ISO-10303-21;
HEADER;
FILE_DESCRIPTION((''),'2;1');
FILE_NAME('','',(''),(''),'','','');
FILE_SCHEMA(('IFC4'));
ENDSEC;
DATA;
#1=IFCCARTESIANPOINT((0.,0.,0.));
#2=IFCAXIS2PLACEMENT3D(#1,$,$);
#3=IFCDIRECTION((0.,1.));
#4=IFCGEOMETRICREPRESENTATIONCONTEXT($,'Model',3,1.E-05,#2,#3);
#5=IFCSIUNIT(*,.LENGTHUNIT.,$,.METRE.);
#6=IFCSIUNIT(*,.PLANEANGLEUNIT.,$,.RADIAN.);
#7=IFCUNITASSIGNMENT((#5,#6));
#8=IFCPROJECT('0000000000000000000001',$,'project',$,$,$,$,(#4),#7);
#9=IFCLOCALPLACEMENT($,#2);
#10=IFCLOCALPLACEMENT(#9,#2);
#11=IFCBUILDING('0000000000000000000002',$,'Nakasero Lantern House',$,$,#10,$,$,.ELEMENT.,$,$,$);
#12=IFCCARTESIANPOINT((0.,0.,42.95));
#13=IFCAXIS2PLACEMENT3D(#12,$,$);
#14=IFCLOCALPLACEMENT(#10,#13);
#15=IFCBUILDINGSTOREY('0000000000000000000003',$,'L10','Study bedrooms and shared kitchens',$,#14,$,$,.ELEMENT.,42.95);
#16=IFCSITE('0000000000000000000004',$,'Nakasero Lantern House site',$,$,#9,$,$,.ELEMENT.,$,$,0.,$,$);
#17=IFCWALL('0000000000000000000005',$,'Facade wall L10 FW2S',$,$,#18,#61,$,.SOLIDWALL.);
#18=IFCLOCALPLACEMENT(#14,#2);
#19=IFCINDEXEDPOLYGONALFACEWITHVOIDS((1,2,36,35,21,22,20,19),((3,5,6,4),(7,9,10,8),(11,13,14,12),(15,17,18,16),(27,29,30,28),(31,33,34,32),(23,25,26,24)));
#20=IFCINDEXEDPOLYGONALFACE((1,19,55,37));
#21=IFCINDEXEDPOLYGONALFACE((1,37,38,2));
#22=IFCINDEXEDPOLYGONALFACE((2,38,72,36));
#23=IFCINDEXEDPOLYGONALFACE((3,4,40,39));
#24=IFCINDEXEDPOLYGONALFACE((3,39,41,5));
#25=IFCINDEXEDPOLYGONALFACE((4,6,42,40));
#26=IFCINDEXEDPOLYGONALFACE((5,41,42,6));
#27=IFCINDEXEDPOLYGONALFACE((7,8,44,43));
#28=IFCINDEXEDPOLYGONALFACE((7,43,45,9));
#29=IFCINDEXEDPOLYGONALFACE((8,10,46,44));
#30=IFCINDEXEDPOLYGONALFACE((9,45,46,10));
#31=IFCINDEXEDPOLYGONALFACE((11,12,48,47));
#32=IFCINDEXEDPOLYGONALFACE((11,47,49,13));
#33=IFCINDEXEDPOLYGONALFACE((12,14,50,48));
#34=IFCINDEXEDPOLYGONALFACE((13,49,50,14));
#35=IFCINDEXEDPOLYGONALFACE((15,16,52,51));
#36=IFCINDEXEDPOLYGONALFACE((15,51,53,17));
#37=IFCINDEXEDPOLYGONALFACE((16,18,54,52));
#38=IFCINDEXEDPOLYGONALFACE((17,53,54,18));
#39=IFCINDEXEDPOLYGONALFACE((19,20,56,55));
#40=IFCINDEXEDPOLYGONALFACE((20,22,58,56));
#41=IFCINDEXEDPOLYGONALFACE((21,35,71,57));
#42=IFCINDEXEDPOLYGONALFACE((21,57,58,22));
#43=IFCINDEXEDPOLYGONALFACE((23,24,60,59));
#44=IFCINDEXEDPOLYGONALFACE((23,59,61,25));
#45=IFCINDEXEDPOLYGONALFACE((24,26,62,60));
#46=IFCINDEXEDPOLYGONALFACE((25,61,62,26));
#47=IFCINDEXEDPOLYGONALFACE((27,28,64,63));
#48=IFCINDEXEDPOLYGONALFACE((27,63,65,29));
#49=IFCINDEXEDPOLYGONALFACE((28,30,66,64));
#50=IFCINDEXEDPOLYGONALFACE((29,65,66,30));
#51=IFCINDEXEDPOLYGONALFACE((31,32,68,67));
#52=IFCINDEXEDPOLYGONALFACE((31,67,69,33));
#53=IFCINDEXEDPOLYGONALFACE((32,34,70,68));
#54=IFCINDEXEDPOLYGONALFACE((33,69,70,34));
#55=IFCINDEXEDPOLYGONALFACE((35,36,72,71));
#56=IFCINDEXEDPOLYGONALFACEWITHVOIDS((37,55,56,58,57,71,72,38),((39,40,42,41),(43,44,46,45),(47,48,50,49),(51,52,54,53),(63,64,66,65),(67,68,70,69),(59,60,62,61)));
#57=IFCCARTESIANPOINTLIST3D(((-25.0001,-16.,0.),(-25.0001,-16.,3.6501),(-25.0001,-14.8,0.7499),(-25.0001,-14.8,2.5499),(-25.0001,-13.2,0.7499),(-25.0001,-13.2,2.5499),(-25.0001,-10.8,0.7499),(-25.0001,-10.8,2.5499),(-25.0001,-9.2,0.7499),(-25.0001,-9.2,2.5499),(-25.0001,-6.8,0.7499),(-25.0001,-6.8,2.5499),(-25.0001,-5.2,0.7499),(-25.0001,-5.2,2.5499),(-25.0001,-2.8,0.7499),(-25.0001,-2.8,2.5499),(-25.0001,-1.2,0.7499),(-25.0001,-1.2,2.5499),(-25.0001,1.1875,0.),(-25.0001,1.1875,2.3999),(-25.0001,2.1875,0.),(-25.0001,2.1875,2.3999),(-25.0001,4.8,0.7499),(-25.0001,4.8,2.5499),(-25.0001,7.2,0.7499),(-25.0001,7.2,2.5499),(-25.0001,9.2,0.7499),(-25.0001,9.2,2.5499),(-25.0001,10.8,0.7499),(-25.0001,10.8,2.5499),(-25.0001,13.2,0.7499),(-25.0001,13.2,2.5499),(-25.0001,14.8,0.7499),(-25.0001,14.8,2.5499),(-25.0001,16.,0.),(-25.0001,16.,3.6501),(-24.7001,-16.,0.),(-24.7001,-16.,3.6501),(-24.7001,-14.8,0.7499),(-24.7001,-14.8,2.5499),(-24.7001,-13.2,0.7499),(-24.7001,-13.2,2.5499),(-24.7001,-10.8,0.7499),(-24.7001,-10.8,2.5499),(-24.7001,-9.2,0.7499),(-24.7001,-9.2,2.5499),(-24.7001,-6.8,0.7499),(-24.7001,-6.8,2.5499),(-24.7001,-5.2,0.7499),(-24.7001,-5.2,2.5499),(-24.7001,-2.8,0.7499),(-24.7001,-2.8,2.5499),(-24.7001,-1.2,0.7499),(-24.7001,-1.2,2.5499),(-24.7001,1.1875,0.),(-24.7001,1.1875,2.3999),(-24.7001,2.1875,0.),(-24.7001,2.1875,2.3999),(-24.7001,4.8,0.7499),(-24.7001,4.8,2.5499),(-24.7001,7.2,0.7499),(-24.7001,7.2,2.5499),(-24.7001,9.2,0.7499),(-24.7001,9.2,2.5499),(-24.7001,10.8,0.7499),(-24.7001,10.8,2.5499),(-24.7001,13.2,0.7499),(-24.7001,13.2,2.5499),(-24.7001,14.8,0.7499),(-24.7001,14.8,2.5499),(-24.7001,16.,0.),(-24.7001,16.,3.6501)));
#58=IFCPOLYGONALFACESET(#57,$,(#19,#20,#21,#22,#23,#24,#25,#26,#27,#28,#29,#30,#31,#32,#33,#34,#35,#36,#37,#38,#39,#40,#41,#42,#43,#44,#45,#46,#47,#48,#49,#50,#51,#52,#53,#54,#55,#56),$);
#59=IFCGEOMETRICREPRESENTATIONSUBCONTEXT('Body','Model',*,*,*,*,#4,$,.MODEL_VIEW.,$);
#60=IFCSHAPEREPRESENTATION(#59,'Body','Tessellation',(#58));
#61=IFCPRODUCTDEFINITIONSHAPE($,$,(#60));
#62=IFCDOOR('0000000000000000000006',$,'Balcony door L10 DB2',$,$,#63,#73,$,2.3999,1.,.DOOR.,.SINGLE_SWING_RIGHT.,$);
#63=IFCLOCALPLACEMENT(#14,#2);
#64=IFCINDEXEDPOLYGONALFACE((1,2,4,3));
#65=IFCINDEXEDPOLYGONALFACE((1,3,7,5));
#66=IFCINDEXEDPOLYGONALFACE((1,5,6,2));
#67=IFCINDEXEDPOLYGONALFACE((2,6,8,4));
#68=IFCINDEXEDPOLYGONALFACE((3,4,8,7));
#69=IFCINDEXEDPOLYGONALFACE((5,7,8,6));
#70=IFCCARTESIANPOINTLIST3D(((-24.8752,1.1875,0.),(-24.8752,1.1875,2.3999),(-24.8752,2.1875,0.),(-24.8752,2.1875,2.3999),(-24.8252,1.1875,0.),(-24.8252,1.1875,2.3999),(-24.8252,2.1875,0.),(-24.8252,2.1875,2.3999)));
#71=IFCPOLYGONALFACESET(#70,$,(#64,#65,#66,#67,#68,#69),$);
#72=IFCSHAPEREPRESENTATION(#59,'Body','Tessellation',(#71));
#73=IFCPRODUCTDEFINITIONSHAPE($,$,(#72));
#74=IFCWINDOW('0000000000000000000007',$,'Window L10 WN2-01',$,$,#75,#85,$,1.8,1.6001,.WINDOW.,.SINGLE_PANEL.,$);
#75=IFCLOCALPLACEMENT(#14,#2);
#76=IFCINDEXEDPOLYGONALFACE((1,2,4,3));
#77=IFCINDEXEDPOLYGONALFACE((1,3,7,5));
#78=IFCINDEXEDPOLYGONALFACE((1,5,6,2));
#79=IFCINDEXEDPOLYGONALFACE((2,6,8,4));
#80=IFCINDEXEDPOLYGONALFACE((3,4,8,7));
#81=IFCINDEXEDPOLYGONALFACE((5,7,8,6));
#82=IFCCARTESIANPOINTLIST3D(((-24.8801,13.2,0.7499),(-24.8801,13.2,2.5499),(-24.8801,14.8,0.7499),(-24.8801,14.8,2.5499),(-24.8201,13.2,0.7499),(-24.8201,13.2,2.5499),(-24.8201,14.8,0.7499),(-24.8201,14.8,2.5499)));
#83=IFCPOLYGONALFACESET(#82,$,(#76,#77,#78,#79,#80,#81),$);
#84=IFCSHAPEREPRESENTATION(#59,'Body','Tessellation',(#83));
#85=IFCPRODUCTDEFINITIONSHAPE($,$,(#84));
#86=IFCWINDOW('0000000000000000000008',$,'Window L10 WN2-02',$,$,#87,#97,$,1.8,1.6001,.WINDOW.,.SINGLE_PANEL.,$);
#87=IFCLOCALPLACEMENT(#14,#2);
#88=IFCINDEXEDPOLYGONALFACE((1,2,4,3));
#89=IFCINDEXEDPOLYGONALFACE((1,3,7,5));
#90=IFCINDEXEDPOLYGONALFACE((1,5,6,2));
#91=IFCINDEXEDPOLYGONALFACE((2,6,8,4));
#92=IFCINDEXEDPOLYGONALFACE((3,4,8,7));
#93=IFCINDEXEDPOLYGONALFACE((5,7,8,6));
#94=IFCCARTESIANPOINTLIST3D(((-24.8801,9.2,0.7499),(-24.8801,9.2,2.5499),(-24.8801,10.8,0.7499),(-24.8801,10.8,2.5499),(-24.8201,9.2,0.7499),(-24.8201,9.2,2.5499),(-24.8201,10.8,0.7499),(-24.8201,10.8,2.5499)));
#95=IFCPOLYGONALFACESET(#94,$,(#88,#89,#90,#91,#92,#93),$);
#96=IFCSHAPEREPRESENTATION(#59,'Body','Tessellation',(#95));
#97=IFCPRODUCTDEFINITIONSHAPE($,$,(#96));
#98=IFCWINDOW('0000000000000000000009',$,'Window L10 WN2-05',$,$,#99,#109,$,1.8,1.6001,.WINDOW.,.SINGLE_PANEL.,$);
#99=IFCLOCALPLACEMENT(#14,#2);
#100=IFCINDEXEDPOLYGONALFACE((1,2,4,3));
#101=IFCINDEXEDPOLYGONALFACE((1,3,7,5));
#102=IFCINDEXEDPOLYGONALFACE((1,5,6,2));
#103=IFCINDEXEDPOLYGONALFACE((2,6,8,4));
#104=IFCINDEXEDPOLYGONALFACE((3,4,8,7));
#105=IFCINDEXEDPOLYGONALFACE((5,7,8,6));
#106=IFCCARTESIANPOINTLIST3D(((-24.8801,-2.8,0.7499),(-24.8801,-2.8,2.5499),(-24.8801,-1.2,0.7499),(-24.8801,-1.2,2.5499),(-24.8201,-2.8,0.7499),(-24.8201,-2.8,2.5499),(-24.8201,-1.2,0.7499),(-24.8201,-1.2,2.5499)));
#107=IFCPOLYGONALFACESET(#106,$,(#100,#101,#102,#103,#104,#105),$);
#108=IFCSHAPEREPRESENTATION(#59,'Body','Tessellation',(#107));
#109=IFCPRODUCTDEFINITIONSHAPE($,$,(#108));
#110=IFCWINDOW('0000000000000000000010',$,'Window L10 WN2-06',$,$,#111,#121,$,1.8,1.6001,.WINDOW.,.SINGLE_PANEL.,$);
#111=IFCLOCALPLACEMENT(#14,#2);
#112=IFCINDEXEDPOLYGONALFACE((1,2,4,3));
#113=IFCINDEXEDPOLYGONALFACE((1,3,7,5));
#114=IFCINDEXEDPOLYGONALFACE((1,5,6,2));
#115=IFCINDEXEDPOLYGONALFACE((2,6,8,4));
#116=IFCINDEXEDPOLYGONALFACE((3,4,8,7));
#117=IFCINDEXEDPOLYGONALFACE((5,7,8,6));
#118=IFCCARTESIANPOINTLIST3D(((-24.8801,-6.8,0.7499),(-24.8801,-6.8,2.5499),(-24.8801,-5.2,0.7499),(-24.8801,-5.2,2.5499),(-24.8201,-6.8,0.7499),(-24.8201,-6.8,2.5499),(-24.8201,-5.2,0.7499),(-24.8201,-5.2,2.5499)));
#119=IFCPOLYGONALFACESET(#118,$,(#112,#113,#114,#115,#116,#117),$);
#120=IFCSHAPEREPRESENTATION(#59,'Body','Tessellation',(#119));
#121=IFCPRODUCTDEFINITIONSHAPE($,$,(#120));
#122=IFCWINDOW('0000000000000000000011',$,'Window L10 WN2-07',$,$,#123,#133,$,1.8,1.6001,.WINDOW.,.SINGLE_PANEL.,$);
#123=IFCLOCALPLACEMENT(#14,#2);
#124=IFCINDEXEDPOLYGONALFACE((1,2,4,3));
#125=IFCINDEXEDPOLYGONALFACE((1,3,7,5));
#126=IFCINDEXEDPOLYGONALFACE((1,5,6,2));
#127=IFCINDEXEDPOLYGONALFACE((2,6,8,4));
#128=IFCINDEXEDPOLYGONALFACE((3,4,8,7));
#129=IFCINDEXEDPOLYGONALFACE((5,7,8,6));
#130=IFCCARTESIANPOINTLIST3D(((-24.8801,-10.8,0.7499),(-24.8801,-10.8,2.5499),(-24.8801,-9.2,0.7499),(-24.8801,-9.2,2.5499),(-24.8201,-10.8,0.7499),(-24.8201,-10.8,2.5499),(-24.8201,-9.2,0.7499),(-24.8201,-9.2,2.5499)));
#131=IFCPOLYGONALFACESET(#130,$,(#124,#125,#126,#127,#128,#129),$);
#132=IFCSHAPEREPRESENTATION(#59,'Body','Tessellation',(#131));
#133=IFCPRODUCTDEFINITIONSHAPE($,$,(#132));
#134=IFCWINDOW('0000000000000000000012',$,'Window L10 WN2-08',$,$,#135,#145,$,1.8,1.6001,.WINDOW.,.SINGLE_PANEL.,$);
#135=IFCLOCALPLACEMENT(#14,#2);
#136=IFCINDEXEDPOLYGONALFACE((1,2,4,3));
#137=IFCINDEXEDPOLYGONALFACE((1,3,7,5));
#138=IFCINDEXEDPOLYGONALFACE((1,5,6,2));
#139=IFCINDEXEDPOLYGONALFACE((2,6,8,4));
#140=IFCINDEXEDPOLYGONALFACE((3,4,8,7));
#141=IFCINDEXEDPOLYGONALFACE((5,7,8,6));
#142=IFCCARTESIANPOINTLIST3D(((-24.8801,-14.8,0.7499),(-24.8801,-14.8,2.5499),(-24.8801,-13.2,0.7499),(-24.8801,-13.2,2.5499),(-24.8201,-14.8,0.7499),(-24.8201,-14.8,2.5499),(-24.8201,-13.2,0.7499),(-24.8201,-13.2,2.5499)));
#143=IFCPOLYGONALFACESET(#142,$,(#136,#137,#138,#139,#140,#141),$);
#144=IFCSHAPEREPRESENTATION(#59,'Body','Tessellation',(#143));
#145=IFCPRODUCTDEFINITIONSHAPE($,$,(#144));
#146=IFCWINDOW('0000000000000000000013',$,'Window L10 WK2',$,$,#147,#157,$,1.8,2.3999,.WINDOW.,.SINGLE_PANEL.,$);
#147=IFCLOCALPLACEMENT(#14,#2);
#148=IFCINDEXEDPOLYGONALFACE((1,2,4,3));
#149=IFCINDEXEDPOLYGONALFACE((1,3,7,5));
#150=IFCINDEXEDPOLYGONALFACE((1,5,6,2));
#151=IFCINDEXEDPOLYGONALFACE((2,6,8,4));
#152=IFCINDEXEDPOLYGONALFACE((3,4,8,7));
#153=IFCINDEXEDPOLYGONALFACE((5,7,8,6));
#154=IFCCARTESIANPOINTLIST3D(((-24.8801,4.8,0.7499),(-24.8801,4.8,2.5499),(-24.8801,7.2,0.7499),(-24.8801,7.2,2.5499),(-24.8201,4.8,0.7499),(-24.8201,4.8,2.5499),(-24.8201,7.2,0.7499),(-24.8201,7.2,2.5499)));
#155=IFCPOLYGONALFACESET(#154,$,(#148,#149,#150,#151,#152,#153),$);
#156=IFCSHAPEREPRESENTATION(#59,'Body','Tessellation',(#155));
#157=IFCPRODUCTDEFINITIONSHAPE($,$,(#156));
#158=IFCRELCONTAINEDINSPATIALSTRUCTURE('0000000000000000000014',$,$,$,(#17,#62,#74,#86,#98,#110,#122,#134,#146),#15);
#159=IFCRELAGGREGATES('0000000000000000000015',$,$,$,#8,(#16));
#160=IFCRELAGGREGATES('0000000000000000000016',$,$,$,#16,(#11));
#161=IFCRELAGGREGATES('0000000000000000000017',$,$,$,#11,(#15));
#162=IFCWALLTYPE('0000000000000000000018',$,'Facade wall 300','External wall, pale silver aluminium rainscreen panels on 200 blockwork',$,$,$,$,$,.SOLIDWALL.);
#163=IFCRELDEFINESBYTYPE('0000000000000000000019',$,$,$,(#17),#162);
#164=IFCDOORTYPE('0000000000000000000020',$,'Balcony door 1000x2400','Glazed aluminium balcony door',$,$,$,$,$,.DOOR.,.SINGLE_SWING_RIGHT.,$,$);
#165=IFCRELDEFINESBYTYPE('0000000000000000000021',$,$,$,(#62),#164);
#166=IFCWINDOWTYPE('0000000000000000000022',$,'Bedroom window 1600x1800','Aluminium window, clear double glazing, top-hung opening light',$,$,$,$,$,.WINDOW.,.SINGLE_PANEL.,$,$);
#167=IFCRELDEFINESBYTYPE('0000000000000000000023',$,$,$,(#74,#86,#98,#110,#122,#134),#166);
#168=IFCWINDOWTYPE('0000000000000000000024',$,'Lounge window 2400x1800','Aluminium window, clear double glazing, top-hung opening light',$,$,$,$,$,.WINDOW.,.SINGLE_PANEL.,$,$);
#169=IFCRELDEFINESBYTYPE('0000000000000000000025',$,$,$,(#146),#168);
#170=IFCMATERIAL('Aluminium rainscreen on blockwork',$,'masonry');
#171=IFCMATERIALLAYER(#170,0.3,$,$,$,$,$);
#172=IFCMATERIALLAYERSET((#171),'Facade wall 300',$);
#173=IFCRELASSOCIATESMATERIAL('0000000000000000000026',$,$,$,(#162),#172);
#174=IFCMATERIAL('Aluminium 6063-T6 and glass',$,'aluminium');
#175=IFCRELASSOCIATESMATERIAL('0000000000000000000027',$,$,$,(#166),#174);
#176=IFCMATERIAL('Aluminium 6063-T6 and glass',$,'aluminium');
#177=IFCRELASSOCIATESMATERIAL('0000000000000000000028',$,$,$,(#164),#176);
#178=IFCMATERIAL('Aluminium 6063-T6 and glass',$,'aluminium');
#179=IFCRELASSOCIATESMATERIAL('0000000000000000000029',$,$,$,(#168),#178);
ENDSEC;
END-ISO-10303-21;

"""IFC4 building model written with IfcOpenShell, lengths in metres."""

from ifc_helpers import new_model, si_unit, direction, frame, frame_2d, origin, place, context, subcontext, project, spatial, rectangle, extrude, material, layer, layer_set, type_object, element, fill, save


model = new_model("IFC4")

# Units and contexts
model_context = context("Model", 3, precision=1e-05, world=origin(), true_north=direction((0.0, 1.0)))
body_context = subcontext(model_context, "Body", "Model", "MODEL_VIEW")
ifc_project = project(units=[si_unit("LENGTHUNIT", "METRE"), si_unit("PLANEANGLEUNIT", "RADIAN")], contexts=[model_context])

# Site, building, storey
site_placement = place(None, origin())
site = spatial("IfcSite", under=ifc_project, at=site_placement, Name="Nakasero Lantern House site", CompositionType="ELEMENT", RefElevation=0.0)
building_placement = place(site_placement, origin())
building = spatial("IfcBuilding", under=site, at=building_placement, Name="Nakasero Lantern House", CompositionType="ELEMENT")
storey_placement = place(building_placement, frame((0.0, 0.0, 42.95)))
storey = spatial("IfcBuildingStorey", under=building, at=storey_placement, Name="L10", Description="Study bedrooms and shared kitchens", CompositionType="ELEMENT", Elevation=42.95)

# Shared definitions
ifc_material_1 = material(Name="Aluminium rainscreen on blockwork", Category="masonry")
ifc_layer_1 = layer(ifc_material_1, 0.3)
ifc_layer_set_1 = layer_set([ifc_layer_1], Name="Facade wall 300")
wall_type_1 = type_object("IfcWallType", Name="Facade wall 300", Description="External wall, pale silver aluminium rainscreen panels on 200 blockwork", PredefinedType="SOLIDWALL", material=ifc_layer_set_1)
ifc_material_2 = material(Name="Aluminium 6063-T6 and glass", Category="aluminium")
window_type_1 = type_object("IfcWindowType", Name="Bedroom window 1600x1800", Description="Aluminium window, clear double glazing, top-hung opening light", PartitioningType="SINGLE_PANEL", PredefinedType="WINDOW", material=ifc_material_2)

# Wall, openings, door, windows
wall_1_placement = place(storey_placement, frame((-24.8501, 16.0, 0.0), z_axis=(0.0, 0.0, 1.0), x_axis=(0.0, -1.0, 0.0)))
wall_1 = element("IfcWall", 1, at=wall_1_placement, inside=storey, type_object=wall_type_1, Name="Facade wall L10 FW2S", PredefinedType="SOLIDWALL", context=body_context, shape_type="SweptSolid", body=[
    extrude(rectangle(XDim=32.0, YDim=0.3, at=frame_2d((16.0, 0.0))), origin(), (0.0, 0.0, 1.0), 3.6501),
])
opening_1_placement = place(wall_1_placement, frame((1.2, 0.0, 0.75)))
opening_1 = element("IfcOpeningElement", 2, at=opening_1_placement, cuts=wall_1, PredefinedType="OPENING", context=body_context, shape_type="SweptSolid", body=[
    extrude(rectangle(XDim=1.6001, YDim=1.8, at=frame_2d((0.8, 0.8999))), frame((0.0, 0.1699, 0.0), z_axis=(0.0, -1.0, 0.0), x_axis=(1.0, 0.0, 0.0)), (0.0, 0.0, 1.0), 0.3401),
])
opening_2_placement = place(wall_1_placement, frame((5.2, 0.0, 0.75)))
opening_2 = element("IfcOpeningElement", 3, at=opening_2_placement, cuts=wall_1, PredefinedType="OPENING", context=body_context, shape_type="SweptSolid", body=[
    extrude(rectangle(XDim=1.6001, YDim=1.8, at=frame_2d((0.8, 0.8999))), frame((0.0, 0.1699, 0.0), z_axis=(0.0, -1.0, 0.0), x_axis=(1.0, 0.0, 0.0)), (0.0, 0.0, 1.0), 0.3401),
])
opening_3_placement = place(wall_1_placement, frame((17.2, 0.0, 0.75)))
opening_3 = element("IfcOpeningElement", 4, at=opening_3_placement, cuts=wall_1, PredefinedType="OPENING", context=body_context, shape_type="SweptSolid", body=[
    extrude(rectangle(XDim=1.6001, YDim=1.8, at=frame_2d((0.8, 0.8999))), frame((0.0, 0.1699, 0.0), z_axis=(0.0, -1.0, 0.0), x_axis=(1.0, 0.0, 0.0)), (0.0, 0.0, 1.0), 0.3401),
])
opening_4_placement = place(wall_1_placement, frame((21.2, 0.0, 0.75)))
opening_4 = element("IfcOpeningElement", 5, at=opening_4_placement, cuts=wall_1, PredefinedType="OPENING", context=body_context, shape_type="SweptSolid", body=[
    extrude(rectangle(XDim=1.6001, YDim=1.8, at=frame_2d((0.8, 0.8999))), frame((0.0, 0.1699, 0.0), z_axis=(0.0, -1.0, 0.0), x_axis=(1.0, 0.0, 0.0)), (0.0, 0.0, 1.0), 0.3401),
])
opening_5_placement = place(wall_1_placement, frame((25.2, 0.0, 0.75)))
opening_5 = element("IfcOpeningElement", 6, at=opening_5_placement, cuts=wall_1, PredefinedType="OPENING", context=body_context, shape_type="SweptSolid", body=[
    extrude(rectangle(XDim=1.6001, YDim=1.8, at=frame_2d((0.8, 0.8999))), frame((0.0, 0.1699, 0.0), z_axis=(0.0, -1.0, 0.0), x_axis=(1.0, 0.0, 0.0)), (0.0, 0.0, 1.0), 0.3401),
])
opening_6_placement = place(wall_1_placement, frame((29.2, 0.0, 0.75)))
opening_6 = element("IfcOpeningElement", 7, at=opening_6_placement, cuts=wall_1, PredefinedType="OPENING", context=body_context, shape_type="SweptSolid", body=[
    extrude(rectangle(XDim=1.6001, YDim=1.8, at=frame_2d((0.8, 0.8999))), frame((0.0, 0.1699, 0.0), z_axis=(0.0, -1.0, 0.0), x_axis=(1.0, 0.0, 0.0)), (0.0, 0.0, 1.0), 0.3401),
])
opening_7_placement = place(wall_1_placement, frame((8.8, 0.0, 0.75)))
opening_7 = element("IfcOpeningElement", 8, at=opening_7_placement, cuts=wall_1, PredefinedType="OPENING", context=body_context, shape_type="SweptSolid", body=[
    extrude(rectangle(XDim=2.3999, YDim=1.8, at=frame_2d((1.2, 0.8999))), frame((0.0, 0.1699, 0.0), z_axis=(0.0, -1.0, 0.0), x_axis=(1.0, 0.0, 0.0)), (0.0, 0.0, 1.0), 0.3401),
])
opening_8_placement = place(wall_1_placement, frame((13.8125, 0.0, 0.0)))
opening_8 = element("IfcOpeningElement", 9, at=opening_8_placement, cuts=wall_1, PredefinedType="OPENING", context=body_context, shape_type="SweptSolid", body=[
    extrude(rectangle(XDim=1.0, YDim=2.3999, at=frame_2d((0.5, 1.2))), frame((0.0, 0.1699, 0.0), z_axis=(0.0, -1.0, 0.0), x_axis=(1.0, 0.0, 0.0)), (0.0, 0.0, 1.0), 0.3401),
])
ifc_material_3 = material(Name="Aluminium 6063-T6 and glass", Category="aluminium")
door_type_1 = type_object("IfcDoorType", Name="Balcony door 1000x2400", Description="Glazed aluminium balcony door", OperationType="SINGLE_SWING_RIGHT", PredefinedType="DOOR", material=ifc_material_3)
door_1_placement = place(opening_8_placement, origin())
door_1 = element("IfcDoor", 10, at=door_1_placement, inside=storey, type_object=door_type_1, Name="Balcony door L10 DB2", OperationType="SINGLE_SWING_RIGHT", OverallHeight=2.3999, OverallWidth=1.0, PredefinedType="DOOR", context=body_context, shape_type="SweptSolid", body=[
    extrude(rectangle(XDim=1.0, YDim=2.3999, at=frame_2d((0.5, 1.2))), frame((0.0, 0.0249, 0.0), z_axis=(0.0, -1.0, 0.0), x_axis=(1.0, 0.0, 0.0)), (0.0, 0.0, 1.0), 0.05),
])
fill(opening_8, door_1)
window_1_placement = place(opening_1_placement, origin())
window_1 = element("IfcWindow", 11, at=window_1_placement, inside=storey, type_object=window_type_1, Name="Window L10 WN2-01", OverallHeight=1.8, OverallWidth=1.6001, PartitioningType="SINGLE_PANEL", PredefinedType="WINDOW", context=body_context, shape_type="SweptSolid", body=[
    extrude(rectangle(XDim=1.6001, YDim=1.8, at=frame_2d((0.8, 0.8999))), frame((0.0, 0.03, 0.0), z_axis=(0.0, -1.0, 0.0), x_axis=(1.0, 0.0, 0.0)), (0.0, 0.0, 1.0), 0.0601),
])
fill(opening_1, window_1)
window_2_placement = place(opening_2_placement, origin())
window_2 = element("IfcWindow", 12, at=window_2_placement, inside=storey, type_object=window_type_1, Name="Window L10 WN2-02", OverallHeight=1.8, OverallWidth=1.6001, PartitioningType="SINGLE_PANEL", PredefinedType="WINDOW", context=body_context, shape_type="SweptSolid", body=[
    extrude(rectangle(XDim=1.6001, YDim=1.8, at=frame_2d((0.8, 0.8999))), frame((0.0, 0.03, 0.0), z_axis=(0.0, -1.0, 0.0), x_axis=(1.0, 0.0, 0.0)), (0.0, 0.0, 1.0), 0.0601),
])
fill(opening_2, window_2)
window_3_placement = place(opening_3_placement, origin())
window_3 = element("IfcWindow", 13, at=window_3_placement, inside=storey, type_object=window_type_1, Name="Window L10 WN2-05", OverallHeight=1.8, OverallWidth=1.6001, PartitioningType="SINGLE_PANEL", PredefinedType="WINDOW", context=body_context, shape_type="SweptSolid", body=[
    extrude(rectangle(XDim=1.6001, YDim=1.8, at=frame_2d((0.8, 0.8999))), frame((0.0, 0.03, 0.0), z_axis=(0.0, -1.0, 0.0), x_axis=(1.0, 0.0, 0.0)), (0.0, 0.0, 1.0), 0.0601),
])
fill(opening_3, window_3)
window_4_placement = place(opening_4_placement, origin())
window_4 = element("IfcWindow", 14, at=window_4_placement, inside=storey, type_object=window_type_1, Name="Window L10 WN2-06", OverallHeight=1.8, OverallWidth=1.6001, PartitioningType="SINGLE_PANEL", PredefinedType="WINDOW", context=body_context, shape_type="SweptSolid", body=[
    extrude(rectangle(XDim=1.6001, YDim=1.8, at=frame_2d((0.8, 0.8999))), frame((0.0, 0.03, 0.0), z_axis=(0.0, -1.0, 0.0), x_axis=(1.0, 0.0, 0.0)), (0.0, 0.0, 1.0), 0.0601),
])
fill(opening_4, window_4)
window_5_placement = place(opening_5_placement, origin())
window_5 = element("IfcWindow", 15, at=window_5_placement, inside=storey, type_object=window_type_1, Name="Window L10 WN2-07", OverallHeight=1.8, OverallWidth=1.6001, PartitioningType="SINGLE_PANEL", PredefinedType="WINDOW", context=body_context, shape_type="SweptSolid", body=[
    extrude(rectangle(XDim=1.6001, YDim=1.8, at=frame_2d((0.8, 0.8999))), frame((0.0, 0.03, 0.0), z_axis=(0.0, -1.0, 0.0), x_axis=(1.0, 0.0, 0.0)), (0.0, 0.0, 1.0), 0.0601),
])
fill(opening_5, window_5)
window_6_placement = place(opening_6_placement, origin())
window_6 = element("IfcWindow", 16, at=window_6_placement, inside=storey, type_object=window_type_1, Name="Window L10 WN2-08", OverallHeight=1.8, OverallWidth=1.6001, PartitioningType="SINGLE_PANEL", PredefinedType="WINDOW", context=body_context, shape_type="SweptSolid", body=[
    extrude(rectangle(XDim=1.6001, YDim=1.8, at=frame_2d((0.8, 0.8999))), frame((0.0, 0.03, 0.0), z_axis=(0.0, -1.0, 0.0), x_axis=(1.0, 0.0, 0.0)), (0.0, 0.0, 1.0), 0.0601),
])
fill(opening_6, window_6)
ifc_material_4 = material(Name="Aluminium 6063-T6 and glass", Category="aluminium")
window_type_2 = type_object("IfcWindowType", Name="Lounge window 2400x1800", Description="Aluminium window, clear double glazing, top-hung opening light", PartitioningType="SINGLE_PANEL", PredefinedType="WINDOW", material=ifc_material_4)
window_7_placement = place(opening_7_placement, origin())
window_7 = element("IfcWindow", 17, at=window_7_placement, inside=storey, type_object=window_type_2, Name="Window L10 WK2", OverallHeight=1.8, OverallWidth=2.3999, PartitioningType="SINGLE_PANEL", PredefinedType="WINDOW", context=body_context, shape_type="SweptSolid", body=[
    extrude(rectangle(XDim=2.3999, YDim=1.8, at=frame_2d((1.2, 0.8999))), frame((0.0, 0.03, 0.0), z_axis=(0.0, -1.0, 0.0), x_axis=(1.0, 0.0, 0.0)), (0.0, 0.0, 1.0), 0.0601),
])
fill(opening_7, window_7)

save(model, "model.ifc")
